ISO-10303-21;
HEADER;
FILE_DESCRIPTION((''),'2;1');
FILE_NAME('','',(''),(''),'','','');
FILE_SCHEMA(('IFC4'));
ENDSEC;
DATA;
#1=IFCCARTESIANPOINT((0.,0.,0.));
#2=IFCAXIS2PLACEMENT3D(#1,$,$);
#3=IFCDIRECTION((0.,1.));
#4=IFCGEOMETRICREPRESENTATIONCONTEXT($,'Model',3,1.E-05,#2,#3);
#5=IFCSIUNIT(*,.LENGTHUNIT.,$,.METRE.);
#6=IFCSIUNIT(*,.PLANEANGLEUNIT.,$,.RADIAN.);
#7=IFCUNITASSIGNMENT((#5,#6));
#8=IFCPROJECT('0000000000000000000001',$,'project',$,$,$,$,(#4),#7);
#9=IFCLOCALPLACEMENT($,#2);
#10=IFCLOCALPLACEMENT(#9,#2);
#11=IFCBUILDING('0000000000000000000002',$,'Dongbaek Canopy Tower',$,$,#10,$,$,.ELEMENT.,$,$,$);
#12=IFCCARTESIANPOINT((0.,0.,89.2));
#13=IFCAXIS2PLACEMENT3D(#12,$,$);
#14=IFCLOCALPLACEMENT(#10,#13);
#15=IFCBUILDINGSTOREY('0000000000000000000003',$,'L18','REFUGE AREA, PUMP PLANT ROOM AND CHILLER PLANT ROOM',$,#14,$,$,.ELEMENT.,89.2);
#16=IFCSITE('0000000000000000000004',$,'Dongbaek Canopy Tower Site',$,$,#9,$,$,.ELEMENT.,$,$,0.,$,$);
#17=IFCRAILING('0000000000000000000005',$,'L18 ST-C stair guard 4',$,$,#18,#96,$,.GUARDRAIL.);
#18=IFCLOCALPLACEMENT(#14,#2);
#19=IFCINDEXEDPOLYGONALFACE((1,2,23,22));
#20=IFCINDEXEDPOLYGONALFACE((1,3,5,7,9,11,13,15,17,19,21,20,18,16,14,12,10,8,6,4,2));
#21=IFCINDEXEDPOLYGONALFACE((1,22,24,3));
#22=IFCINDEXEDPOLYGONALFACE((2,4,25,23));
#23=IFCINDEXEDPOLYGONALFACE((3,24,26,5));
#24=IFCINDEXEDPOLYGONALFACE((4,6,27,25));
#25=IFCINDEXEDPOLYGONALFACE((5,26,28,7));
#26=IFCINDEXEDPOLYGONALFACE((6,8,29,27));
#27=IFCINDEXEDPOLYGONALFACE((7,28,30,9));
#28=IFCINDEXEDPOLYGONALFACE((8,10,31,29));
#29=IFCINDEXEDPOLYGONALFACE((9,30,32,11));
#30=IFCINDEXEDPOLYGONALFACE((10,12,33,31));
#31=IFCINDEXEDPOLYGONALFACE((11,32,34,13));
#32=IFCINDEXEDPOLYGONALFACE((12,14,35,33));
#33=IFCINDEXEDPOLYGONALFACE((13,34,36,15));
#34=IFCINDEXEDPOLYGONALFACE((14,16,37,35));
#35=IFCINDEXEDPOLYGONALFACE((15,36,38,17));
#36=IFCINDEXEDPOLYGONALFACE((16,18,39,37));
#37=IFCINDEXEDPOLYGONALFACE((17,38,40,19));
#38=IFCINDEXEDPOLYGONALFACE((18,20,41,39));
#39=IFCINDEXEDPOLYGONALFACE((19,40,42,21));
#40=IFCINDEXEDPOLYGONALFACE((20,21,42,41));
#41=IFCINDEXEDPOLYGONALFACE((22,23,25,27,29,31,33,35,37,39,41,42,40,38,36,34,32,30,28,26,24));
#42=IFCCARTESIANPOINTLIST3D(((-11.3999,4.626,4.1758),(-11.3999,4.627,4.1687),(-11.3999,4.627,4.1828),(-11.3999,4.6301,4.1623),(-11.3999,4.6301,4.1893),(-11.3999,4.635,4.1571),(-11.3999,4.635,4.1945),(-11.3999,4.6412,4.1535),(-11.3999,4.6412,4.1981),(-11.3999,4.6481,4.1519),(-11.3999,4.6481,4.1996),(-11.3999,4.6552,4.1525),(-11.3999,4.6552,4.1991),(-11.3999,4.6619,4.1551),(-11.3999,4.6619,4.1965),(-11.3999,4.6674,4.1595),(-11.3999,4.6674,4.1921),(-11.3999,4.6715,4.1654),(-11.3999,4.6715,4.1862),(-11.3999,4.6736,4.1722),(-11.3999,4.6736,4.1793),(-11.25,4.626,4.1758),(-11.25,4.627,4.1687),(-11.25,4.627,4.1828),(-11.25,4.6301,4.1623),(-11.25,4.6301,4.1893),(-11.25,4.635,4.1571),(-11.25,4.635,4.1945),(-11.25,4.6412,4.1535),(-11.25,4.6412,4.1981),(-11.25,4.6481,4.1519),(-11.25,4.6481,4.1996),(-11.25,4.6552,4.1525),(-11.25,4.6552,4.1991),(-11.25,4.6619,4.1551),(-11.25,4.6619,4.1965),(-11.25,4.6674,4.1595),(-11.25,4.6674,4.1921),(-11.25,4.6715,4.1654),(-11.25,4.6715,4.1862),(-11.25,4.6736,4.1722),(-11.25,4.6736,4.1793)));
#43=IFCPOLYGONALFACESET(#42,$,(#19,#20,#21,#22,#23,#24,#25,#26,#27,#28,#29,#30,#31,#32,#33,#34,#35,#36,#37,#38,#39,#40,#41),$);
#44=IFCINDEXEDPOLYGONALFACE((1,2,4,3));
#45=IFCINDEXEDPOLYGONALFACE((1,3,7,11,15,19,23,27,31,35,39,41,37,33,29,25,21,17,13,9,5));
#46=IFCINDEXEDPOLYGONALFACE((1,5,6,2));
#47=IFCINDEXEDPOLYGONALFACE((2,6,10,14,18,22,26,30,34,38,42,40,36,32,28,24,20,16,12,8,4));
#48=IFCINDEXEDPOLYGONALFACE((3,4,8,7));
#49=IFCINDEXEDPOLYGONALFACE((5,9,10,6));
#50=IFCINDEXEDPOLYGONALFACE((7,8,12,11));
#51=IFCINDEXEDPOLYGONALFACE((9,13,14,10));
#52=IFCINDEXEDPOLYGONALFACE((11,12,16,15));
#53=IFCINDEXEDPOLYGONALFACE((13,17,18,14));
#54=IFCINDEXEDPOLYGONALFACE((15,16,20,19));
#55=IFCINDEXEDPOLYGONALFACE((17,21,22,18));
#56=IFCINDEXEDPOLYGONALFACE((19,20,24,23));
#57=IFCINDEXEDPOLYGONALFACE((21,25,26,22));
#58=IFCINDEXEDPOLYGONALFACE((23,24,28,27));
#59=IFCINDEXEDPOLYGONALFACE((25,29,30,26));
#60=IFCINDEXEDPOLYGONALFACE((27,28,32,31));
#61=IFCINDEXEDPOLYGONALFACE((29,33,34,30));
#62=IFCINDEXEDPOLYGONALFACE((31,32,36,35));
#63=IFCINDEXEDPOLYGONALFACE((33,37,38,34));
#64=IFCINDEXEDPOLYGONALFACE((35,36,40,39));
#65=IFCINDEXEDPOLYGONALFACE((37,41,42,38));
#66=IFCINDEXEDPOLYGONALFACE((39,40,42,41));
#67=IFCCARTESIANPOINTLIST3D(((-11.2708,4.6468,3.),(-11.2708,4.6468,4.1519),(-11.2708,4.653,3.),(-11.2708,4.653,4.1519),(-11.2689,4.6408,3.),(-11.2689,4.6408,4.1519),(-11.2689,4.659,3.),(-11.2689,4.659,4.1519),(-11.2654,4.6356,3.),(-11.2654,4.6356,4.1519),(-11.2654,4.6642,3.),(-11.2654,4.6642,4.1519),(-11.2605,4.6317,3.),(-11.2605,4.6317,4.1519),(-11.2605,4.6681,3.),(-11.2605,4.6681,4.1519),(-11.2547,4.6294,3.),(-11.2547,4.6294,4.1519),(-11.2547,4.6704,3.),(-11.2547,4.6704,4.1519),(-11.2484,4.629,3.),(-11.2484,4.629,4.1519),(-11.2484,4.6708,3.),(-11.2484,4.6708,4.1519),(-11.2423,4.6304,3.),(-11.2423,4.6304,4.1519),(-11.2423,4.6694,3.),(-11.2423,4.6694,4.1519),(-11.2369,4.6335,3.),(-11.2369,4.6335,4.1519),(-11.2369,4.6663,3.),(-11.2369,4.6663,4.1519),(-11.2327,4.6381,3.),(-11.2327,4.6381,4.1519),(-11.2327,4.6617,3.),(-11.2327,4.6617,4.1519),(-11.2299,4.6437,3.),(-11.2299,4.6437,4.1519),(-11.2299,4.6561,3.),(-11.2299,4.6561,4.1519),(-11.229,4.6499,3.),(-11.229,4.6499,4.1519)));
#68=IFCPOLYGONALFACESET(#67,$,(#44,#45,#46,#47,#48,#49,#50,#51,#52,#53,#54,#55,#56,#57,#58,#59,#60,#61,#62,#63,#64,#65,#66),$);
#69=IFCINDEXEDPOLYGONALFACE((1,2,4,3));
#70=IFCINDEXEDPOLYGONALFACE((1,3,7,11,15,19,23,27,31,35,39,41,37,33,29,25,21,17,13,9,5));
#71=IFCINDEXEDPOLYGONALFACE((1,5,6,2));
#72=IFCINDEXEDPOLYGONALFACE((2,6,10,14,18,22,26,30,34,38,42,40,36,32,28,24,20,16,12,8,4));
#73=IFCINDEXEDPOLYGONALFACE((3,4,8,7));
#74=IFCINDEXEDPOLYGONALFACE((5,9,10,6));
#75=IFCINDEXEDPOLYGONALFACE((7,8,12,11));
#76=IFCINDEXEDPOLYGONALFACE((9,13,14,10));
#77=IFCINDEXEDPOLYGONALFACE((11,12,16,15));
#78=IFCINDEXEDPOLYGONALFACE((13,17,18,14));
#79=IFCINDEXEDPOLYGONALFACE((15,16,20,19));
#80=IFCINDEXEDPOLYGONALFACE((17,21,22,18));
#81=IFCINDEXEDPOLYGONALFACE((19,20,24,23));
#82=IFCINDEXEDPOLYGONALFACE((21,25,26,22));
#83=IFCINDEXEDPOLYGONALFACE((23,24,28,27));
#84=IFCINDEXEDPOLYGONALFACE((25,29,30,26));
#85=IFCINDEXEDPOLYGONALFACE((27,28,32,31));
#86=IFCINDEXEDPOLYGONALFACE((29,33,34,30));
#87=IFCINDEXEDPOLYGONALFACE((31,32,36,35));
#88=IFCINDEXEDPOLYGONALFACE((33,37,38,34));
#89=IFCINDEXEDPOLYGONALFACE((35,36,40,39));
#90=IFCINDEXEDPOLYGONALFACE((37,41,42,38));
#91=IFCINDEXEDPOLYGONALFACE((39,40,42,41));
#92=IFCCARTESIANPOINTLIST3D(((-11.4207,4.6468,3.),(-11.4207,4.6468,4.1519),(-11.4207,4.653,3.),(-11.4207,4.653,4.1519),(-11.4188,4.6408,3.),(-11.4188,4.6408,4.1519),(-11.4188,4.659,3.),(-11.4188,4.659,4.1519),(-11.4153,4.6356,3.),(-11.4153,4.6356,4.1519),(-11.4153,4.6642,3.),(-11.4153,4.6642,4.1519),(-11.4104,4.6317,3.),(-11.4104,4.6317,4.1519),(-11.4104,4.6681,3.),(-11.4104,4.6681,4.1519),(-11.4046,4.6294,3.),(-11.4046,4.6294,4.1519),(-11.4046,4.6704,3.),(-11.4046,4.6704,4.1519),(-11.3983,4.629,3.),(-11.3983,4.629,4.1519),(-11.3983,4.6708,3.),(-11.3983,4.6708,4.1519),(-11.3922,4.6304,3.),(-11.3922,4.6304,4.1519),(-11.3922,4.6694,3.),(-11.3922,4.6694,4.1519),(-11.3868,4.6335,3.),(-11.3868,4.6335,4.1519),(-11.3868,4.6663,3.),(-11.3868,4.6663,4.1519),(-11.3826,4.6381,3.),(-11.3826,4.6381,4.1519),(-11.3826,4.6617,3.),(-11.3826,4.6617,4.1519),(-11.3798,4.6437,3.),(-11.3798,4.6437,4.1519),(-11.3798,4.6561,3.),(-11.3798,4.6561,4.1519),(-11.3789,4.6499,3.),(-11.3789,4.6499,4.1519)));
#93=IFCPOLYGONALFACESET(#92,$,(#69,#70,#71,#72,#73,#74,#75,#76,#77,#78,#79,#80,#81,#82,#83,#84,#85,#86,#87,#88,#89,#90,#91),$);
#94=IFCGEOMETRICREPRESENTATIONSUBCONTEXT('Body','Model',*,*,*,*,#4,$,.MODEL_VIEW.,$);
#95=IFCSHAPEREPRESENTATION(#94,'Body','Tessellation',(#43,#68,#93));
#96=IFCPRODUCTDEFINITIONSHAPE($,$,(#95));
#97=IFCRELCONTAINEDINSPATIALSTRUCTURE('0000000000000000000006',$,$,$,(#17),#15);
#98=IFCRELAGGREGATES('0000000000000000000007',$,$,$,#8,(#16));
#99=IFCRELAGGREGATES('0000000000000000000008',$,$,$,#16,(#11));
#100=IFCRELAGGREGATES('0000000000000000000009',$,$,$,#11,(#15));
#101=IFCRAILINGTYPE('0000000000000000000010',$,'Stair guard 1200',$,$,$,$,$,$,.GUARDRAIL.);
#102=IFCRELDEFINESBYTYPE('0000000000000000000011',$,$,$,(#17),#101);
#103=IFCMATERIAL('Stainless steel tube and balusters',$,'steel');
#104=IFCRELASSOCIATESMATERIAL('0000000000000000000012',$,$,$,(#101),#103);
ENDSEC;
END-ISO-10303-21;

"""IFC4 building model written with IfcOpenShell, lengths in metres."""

from ifc_helpers import new_model, si_unit, direction, frame, origin, origin_2d, place, context, subcontext, project, spatial, circle, extrude, material, type_object, element, save


model = new_model("IFC4")

# Units and contexts
model_context = context("Model", 3, precision=1e-05, world=origin(), true_north=direction((0.0, 1.0)))
body_context = subcontext(model_context, "Body", "Model", "MODEL_VIEW")
ifc_project = project(units=[si_unit("LENGTHUNIT", "METRE"), si_unit("PLANEANGLEUNIT", "RADIAN")], contexts=[model_context])

# Site, building, storey
site_placement = place(None, origin())
site = spatial("IfcSite", under=ifc_project, at=site_placement, Name="Dongbaek Canopy Tower Site", CompositionType="ELEMENT", RefElevation=0.0)
building_placement = place(site_placement, origin())
building = spatial("IfcBuilding", under=site, at=building_placement, Name="Dongbaek Canopy Tower", CompositionType="ELEMENT")
storey_placement = place(building_placement, frame((0.0, 0.0, 89.2)))
storey = spatial("IfcBuildingStorey", under=building, at=storey_placement, Name="L18", Description="REFUGE AREA, PUMP PLANT ROOM AND CHILLER PLANT ROOM", CompositionType="ELEMENT", Elevation=89.2)

# Railing
ifc_material_1 = material(Name="Stainless steel tube and balusters", Category="steel")
railing_type_1 = type_object("IfcRailingType", Name="Stair guard 1200", PredefinedType="GUARDRAIL", material=ifc_material_1)
railing_1_placement = place(storey_placement, frame((-11.25, 4.6499, 3.0)))
element("IfcRailing", 1, at=railing_1_placement, inside=storey, type_object=railing_type_1, Name="L18 ST-C stair guard 4", PredefinedType="GUARDRAIL", context=body_context, shape_type="SweptSolid", body=[
    extrude(circle(Radius=0.0239, at=origin_2d()), frame((0.0, 0.0, 1.1758), z_axis=(-1.0, 0.0, 0.0), x_axis=(0.0, -1.0, 0.0)), (0.0, 0.0, 1.0), 0.1499),
    extrude(circle(Radius=0.021, at=origin_2d()), origin(), (0.0, 0.0, 1.0), 1.1519),
    extrude(circle(Radius=0.021, at=origin_2d()), frame((-0.1499, 0.0, 0.0)), (0.0, 0.0, 1.0), 1.1519),
])

save(model, "model.ifc")
